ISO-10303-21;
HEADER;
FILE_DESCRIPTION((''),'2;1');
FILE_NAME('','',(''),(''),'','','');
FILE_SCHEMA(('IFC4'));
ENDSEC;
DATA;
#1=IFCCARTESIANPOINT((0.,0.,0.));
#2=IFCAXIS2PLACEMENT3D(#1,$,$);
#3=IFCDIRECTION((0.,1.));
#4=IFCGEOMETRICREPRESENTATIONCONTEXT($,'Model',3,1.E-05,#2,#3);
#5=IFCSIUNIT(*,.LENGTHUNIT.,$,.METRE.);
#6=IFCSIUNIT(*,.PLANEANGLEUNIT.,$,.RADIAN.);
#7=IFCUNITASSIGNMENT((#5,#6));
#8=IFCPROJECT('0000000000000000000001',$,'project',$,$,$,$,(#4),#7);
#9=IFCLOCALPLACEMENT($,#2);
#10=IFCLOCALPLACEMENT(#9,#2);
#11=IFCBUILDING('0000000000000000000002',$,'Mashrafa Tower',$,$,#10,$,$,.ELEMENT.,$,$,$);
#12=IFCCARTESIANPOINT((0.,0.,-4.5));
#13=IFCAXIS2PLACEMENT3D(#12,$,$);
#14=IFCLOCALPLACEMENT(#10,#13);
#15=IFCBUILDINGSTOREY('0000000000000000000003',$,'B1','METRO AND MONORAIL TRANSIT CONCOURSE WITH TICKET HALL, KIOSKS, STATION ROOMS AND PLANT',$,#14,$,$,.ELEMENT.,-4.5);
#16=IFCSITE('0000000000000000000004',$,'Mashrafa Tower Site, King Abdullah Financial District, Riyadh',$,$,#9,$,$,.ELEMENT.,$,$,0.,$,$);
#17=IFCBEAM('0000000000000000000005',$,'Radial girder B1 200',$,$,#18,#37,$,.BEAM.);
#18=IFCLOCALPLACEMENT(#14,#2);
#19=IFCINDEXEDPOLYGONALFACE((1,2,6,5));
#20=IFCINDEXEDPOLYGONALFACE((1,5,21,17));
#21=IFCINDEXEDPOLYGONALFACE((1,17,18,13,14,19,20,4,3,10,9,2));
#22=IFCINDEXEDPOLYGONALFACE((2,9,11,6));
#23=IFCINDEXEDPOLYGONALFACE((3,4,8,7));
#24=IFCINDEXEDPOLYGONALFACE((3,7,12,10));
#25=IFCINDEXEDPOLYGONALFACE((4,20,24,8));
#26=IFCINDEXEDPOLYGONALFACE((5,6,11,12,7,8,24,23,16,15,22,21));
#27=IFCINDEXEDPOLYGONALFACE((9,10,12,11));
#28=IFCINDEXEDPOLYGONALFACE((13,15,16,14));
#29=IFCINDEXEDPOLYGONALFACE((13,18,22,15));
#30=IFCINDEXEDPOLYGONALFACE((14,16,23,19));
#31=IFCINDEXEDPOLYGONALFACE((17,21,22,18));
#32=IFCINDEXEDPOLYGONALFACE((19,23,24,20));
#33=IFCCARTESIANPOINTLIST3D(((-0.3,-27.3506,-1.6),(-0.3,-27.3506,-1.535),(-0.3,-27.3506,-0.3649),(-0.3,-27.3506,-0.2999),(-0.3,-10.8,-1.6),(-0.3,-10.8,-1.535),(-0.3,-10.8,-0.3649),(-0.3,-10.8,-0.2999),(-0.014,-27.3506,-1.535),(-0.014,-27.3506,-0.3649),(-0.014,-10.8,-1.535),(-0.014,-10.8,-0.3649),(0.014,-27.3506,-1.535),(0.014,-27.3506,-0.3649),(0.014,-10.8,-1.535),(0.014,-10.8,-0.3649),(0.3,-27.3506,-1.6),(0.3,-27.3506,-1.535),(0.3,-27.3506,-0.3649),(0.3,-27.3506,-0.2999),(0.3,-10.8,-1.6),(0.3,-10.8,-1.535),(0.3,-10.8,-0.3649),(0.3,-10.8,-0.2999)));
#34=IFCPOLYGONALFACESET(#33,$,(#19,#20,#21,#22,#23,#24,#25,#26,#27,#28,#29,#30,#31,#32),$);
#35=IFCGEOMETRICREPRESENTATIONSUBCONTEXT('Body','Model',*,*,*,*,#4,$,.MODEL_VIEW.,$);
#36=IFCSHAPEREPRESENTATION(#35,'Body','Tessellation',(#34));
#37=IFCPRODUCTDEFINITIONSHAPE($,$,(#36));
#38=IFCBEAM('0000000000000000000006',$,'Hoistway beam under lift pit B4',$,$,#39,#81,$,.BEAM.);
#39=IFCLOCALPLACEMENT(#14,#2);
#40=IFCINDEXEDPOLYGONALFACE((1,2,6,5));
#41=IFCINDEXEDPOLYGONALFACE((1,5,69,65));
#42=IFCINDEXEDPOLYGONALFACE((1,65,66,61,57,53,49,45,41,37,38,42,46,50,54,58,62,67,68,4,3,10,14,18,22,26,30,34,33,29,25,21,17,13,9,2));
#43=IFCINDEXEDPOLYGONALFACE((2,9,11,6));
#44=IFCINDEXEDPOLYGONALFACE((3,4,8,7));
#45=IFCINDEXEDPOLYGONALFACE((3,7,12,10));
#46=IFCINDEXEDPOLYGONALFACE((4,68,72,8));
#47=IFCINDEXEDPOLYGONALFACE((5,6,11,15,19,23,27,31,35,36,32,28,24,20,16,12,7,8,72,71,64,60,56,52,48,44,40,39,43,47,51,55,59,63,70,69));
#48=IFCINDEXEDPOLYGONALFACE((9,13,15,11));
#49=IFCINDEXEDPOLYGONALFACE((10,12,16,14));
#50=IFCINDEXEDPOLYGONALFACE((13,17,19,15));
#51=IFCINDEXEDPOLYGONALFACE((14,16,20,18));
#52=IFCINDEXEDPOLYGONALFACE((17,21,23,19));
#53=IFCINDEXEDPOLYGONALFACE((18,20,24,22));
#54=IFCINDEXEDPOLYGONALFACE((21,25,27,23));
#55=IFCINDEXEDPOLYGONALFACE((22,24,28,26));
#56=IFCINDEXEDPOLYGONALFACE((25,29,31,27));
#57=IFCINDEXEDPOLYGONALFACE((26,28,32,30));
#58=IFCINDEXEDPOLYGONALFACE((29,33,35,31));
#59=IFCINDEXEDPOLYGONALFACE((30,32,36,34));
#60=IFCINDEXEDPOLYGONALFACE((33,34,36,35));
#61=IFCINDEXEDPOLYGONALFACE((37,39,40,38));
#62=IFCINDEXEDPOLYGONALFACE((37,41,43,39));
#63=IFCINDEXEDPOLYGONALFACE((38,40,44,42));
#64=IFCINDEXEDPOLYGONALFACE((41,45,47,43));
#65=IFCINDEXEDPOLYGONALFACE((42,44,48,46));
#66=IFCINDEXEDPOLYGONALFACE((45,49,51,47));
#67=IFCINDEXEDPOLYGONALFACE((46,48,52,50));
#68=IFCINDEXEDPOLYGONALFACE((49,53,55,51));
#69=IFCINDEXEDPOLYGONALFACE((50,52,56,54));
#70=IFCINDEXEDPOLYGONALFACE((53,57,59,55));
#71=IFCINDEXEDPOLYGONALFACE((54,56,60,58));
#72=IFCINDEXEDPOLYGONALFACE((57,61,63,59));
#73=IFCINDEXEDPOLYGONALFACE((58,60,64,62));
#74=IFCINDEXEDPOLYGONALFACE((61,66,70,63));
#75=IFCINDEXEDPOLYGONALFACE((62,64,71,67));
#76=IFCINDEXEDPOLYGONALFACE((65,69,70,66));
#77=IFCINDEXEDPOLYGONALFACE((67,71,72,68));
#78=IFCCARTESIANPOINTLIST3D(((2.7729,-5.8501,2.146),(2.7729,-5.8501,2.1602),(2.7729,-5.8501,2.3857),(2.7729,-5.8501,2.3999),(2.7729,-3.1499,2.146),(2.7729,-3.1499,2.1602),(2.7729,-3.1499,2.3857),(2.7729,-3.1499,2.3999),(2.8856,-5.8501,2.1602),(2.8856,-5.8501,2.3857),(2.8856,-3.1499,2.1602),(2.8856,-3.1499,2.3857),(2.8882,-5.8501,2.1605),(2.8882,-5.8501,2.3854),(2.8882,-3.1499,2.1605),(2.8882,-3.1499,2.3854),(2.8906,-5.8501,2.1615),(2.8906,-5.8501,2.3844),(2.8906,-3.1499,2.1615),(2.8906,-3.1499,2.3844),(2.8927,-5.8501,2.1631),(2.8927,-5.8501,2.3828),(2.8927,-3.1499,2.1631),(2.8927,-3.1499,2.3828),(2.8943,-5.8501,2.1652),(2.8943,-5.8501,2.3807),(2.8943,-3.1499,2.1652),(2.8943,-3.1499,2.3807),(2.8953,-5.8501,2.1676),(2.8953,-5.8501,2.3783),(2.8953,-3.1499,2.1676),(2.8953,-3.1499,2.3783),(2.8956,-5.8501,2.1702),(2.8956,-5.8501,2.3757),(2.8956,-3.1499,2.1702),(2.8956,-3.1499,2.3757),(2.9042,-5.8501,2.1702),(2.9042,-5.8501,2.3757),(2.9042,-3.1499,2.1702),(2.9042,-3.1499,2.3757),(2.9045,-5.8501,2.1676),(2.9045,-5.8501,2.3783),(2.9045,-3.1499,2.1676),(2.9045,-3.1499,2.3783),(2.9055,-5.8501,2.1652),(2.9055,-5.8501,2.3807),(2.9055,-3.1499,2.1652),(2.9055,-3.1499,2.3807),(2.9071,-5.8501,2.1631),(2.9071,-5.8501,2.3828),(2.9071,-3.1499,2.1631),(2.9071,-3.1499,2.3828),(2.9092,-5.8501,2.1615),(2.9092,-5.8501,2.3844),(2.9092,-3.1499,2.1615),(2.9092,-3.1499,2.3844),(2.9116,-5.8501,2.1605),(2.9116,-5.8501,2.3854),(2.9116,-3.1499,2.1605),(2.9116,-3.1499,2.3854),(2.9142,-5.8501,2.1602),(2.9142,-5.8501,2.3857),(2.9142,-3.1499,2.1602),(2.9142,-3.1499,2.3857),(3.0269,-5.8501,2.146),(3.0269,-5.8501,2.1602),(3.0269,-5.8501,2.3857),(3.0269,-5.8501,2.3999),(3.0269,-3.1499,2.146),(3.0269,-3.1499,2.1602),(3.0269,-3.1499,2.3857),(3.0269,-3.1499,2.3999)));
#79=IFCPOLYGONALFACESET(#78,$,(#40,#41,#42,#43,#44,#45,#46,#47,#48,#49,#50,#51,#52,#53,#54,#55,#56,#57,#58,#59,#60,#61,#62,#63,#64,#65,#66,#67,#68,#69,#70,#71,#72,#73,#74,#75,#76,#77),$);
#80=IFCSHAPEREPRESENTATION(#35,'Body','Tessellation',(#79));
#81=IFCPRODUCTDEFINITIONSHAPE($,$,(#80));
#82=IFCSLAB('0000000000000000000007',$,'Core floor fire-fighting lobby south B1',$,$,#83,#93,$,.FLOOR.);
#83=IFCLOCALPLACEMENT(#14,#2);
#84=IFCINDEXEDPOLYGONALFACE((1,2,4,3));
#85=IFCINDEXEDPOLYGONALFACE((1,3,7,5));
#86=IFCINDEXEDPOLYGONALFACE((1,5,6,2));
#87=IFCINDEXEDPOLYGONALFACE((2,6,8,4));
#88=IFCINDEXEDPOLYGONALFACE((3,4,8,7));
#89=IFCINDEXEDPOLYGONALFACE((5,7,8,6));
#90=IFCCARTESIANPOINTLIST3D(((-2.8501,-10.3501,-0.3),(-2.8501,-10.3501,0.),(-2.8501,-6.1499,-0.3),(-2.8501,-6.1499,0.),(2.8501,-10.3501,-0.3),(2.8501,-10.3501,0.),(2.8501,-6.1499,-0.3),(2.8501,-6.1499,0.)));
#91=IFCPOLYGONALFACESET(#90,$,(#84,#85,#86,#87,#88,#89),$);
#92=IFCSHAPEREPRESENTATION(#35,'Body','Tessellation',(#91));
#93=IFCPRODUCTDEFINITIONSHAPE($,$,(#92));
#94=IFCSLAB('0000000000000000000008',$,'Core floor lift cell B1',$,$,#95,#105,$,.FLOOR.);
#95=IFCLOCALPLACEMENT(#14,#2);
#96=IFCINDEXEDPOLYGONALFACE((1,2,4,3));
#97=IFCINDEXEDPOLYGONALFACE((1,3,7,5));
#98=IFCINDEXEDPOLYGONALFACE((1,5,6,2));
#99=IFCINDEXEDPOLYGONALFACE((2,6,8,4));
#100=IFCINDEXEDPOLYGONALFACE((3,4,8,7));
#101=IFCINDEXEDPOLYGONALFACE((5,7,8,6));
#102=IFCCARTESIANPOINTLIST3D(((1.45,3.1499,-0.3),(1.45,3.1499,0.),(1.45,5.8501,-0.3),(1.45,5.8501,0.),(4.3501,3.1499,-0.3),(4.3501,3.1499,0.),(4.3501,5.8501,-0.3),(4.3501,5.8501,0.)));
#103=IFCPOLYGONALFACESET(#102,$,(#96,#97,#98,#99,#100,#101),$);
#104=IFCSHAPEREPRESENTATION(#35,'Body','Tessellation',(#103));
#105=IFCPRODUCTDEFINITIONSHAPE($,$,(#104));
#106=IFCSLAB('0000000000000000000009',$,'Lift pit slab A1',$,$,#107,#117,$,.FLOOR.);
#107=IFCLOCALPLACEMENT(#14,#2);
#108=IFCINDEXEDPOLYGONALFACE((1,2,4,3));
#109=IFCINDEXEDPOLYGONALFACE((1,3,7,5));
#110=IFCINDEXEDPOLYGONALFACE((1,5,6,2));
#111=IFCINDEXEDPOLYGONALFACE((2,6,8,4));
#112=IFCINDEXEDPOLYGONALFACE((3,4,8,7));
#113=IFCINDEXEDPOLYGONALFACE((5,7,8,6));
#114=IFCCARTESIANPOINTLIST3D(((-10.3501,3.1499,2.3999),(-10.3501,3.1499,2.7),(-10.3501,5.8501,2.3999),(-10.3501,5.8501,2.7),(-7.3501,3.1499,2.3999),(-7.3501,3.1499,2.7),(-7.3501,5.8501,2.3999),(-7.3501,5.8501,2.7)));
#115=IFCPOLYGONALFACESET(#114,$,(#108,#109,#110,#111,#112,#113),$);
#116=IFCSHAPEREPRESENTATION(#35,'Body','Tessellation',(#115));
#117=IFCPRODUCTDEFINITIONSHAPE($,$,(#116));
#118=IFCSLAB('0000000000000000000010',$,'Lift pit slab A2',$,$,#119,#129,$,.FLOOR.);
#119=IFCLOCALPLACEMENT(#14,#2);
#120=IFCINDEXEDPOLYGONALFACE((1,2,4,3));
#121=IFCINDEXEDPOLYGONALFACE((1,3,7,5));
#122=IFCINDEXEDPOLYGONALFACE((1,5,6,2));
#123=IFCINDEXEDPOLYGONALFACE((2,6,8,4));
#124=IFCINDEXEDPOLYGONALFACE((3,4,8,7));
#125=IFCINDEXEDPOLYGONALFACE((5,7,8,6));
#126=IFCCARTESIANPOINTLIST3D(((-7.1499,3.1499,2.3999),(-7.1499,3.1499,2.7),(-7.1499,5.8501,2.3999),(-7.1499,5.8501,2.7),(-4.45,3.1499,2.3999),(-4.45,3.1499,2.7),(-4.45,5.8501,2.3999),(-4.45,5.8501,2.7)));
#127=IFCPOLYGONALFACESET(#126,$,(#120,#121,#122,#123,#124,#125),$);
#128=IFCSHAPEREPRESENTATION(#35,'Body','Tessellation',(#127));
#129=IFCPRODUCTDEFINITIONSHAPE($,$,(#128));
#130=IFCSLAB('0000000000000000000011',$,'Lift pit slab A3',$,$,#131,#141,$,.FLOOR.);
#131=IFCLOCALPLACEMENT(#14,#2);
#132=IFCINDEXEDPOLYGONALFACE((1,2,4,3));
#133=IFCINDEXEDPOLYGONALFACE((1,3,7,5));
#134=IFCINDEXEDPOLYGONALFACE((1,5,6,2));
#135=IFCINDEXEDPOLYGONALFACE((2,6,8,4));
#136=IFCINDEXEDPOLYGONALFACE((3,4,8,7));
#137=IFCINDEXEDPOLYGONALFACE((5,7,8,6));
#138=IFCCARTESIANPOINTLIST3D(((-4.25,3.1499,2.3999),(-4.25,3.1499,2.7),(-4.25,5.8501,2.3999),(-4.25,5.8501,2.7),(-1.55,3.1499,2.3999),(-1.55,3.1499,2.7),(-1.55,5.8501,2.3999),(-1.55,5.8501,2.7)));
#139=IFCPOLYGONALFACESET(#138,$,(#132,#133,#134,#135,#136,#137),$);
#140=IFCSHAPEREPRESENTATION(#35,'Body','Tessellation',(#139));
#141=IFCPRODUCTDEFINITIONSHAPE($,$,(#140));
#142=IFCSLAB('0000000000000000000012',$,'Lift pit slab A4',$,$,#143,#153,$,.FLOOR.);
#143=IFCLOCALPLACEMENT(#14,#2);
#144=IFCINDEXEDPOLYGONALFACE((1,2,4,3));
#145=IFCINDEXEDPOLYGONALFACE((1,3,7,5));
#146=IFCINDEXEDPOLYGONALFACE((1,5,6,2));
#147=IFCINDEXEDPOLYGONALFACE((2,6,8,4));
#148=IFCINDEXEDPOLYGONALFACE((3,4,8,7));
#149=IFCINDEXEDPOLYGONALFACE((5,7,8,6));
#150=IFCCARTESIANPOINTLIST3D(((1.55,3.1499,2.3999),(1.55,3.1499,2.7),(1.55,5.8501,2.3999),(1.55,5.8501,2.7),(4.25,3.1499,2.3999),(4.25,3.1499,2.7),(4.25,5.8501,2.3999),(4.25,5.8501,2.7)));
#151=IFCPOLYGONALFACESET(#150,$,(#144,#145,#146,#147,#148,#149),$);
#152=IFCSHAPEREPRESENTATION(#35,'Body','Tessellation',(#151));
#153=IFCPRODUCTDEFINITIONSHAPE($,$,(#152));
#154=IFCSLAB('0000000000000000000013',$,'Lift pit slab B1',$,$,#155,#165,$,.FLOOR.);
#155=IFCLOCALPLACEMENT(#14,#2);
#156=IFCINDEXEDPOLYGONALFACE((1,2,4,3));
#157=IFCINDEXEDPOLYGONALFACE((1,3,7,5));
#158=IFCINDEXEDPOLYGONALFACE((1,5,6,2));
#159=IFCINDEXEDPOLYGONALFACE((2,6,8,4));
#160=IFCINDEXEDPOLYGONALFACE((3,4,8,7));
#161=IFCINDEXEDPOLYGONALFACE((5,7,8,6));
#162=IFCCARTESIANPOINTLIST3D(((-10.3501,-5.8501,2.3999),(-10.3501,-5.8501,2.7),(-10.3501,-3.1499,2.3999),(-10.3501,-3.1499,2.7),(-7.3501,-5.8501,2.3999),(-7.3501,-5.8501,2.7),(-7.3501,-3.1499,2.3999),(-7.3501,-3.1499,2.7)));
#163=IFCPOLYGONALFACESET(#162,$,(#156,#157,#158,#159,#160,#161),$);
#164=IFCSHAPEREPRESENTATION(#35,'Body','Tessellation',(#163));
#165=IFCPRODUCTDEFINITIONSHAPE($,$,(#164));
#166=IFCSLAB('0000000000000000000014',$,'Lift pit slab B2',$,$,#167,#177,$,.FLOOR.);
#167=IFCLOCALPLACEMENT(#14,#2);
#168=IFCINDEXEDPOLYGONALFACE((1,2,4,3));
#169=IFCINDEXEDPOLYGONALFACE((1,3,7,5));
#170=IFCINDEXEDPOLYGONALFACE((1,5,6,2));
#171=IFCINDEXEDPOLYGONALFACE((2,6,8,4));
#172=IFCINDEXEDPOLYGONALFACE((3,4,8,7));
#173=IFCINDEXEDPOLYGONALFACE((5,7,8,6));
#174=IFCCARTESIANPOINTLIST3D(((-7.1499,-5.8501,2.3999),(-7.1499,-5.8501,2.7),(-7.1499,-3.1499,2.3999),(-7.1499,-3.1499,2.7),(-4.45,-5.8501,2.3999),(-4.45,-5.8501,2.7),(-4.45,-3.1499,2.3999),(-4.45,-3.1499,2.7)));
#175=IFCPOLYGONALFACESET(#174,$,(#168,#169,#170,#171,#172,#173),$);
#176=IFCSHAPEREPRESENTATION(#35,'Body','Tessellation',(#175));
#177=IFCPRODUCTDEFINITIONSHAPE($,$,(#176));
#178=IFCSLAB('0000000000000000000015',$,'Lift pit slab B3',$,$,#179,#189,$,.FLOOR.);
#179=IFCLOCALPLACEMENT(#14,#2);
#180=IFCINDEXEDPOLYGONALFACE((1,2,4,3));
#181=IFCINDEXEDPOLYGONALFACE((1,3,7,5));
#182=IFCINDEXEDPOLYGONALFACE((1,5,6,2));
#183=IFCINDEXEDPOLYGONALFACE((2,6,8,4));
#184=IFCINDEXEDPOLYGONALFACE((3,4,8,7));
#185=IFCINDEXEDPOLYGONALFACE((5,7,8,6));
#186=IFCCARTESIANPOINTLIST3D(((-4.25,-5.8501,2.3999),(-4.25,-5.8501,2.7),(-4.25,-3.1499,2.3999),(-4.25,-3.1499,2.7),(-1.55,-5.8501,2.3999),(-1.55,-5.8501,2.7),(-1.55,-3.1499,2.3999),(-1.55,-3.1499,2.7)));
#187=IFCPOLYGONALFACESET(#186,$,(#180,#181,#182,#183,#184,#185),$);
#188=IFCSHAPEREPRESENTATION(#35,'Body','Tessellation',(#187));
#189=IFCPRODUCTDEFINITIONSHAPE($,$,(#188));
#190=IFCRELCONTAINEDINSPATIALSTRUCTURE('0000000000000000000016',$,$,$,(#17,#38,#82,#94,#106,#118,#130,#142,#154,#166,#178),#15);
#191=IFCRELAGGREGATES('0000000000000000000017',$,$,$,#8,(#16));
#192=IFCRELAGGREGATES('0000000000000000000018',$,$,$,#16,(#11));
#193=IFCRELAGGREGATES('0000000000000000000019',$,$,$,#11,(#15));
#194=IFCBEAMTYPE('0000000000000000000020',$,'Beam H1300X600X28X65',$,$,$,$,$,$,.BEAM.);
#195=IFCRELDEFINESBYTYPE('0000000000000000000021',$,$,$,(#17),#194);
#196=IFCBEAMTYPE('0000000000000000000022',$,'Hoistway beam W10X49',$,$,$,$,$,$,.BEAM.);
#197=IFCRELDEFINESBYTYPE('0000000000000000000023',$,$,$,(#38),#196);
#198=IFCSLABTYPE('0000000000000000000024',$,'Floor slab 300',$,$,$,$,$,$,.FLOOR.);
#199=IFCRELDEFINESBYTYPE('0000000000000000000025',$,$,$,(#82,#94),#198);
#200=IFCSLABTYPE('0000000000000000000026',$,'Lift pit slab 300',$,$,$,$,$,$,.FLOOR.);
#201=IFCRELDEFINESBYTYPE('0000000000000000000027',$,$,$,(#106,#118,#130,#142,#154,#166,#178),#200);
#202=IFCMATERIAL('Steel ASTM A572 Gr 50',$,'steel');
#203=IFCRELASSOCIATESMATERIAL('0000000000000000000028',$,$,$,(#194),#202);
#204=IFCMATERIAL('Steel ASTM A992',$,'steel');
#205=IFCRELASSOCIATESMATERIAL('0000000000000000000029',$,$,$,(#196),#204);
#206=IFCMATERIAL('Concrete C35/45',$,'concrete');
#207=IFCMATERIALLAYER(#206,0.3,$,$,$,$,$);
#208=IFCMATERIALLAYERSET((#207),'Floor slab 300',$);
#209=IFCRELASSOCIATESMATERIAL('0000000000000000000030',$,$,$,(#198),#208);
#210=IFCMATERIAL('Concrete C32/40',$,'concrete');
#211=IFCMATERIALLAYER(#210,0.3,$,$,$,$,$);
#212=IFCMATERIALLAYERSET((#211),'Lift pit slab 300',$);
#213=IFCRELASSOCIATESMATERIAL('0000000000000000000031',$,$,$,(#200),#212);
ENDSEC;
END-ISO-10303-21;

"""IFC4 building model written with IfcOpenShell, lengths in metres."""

from ifc_helpers import new_model, si_unit, direction, frame, origin, origin_2d, place, context, subcontext, project, spatial, polyline, i_section, outline, extrude, material, layer, layer_set, material_profile, profile_set, type_object, element, save


model = new_model("IFC4")

# Units and contexts
model_context = context("Model", 3, precision=1e-05, world=origin(), true_north=direction((0.0, 1.0)))
body_context = subcontext(model_context, "Body", "Model", "MODEL_VIEW")
ifc_project = project(units=[si_unit("LENGTHUNIT", "METRE"), si_unit("PLANEANGLEUNIT", "RADIAN")], contexts=[model_context])

# Site, building, storey
site_placement = place(None, origin())
site = spatial("IfcSite", under=ifc_project, at=site_placement, Name="Mashrafa Tower Site, King Abdullah Financial District, Riyadh", CompositionType="ELEMENT", RefElevation=0.0)
building_placement = place(site_placement, origin())
building = spatial("IfcBuilding", under=site, at=building_placement, Name="Mashrafa Tower", CompositionType="ELEMENT")
storey_placement = place(building_placement, frame((0.0, 0.0, -4.5)))
storey = spatial("IfcBuildingStorey", under=building, at=storey_placement, Name="B1", Description="METRO AND MONORAIL TRANSIT CONCOURSE WITH TICKET HALL, KIOSKS, STATION ROOMS AND PLANT", CompositionType="ELEMENT", Elevation=-4.5)

# Beams
ifc_material_1 = material(Name="Steel ASTM A572 Gr 50", Category="steel")
ifc_material_profile_1 = material_profile(ifc_material_1, i_section(OverallWidth=0.6001, OverallDepth=1.3, WebThickness=0.0281, FlangeThickness=0.0649, at=origin_2d()), Name="H1300X600X28X65")
ifc_profile_set_1 = profile_set([ifc_material_profile_1], Name="Steel ASTM A572 Gr 50")
beam_type_1 = type_object("IfcBeamType", Name="Beam H1300X600X28X65", PredefinedType="BEAM", material=ifc_profile_set_1)
beam_1_placement = place(storey_placement, frame((0.0, -10.8, -0.95), z_axis=(0.0, -1.0, 0.0), x_axis=(1.0, 0.0, 0.0)))
element("IfcBeam", 1, at=beam_1_placement, inside=storey, type_object=beam_type_1, Name="Radial girder B1 200", PredefinedType="BEAM", context=body_context, shape_type="SweptSolid", body=[
    extrude(i_section(OverallWidth=0.6001, OverallDepth=1.3, WebThickness=0.0281, FlangeThickness=0.0649, at=origin_2d()), origin(), (0.0, 0.0, 1.0), 16.5505),
])
ifc_material_2 = material(Name="Steel ASTM A992", Category="steel")
ifc_material_profile_2 = material_profile(ifc_material_2, i_section(OverallWidth=0.2539, OverallDepth=0.2539, WebThickness=0.0085, FlangeThickness=0.0142, FilletRadius=0.01, at=origin_2d()), Name="W10X49")
ifc_profile_set_2 = profile_set([ifc_material_profile_2], Name="Steel ASTM A992")
beam_type_2 = type_object("IfcBeamType", Name="Hoistway beam W10X49", PredefinedType="BEAM", material=ifc_profile_set_2)
beam_2_placement = place(storey_placement, frame((2.8999, -5.8501, 2.2729), z_axis=(0.0, 1.0, 0.0), x_axis=(-1.0, 0.0, 0.0)))
element("IfcBeam", 2, at=beam_2_placement, inside=storey, type_object=beam_type_2, Name="Hoistway beam under lift pit B4", PredefinedType="BEAM", context=body_context, shape_type="SweptSolid", body=[
    extrude(i_section(OverallWidth=0.2539, OverallDepth=0.2539, WebThickness=0.0085, FlangeThickness=0.0142, FilletRadius=0.01, at=origin_2d()), origin(), (0.0, 0.0, 1.0), 2.7002),
])

# Slabs
ifc_material_3 = material(Name="Concrete C35/45", Category="concrete")
ifc_layer_1 = layer(ifc_material_3, 0.3)
ifc_layer_set_1 = layer_set([ifc_layer_1], Name="Floor slab 300")
slab_type_1 = type_object("IfcSlabType", Name="Floor slab 300", PredefinedType="FLOOR", material=ifc_layer_set_1)
slab_1_placement = place(storey_placement, frame((0.0, 0.0, -0.3)))
element("IfcSlab", 3, at=slab_1_placement, inside=storey, type_object=slab_type_1, Name="Core floor fire-fighting lobby south B1", PredefinedType="FLOOR", context=body_context, shape_type="SweptSolid", body=[
    extrude(outline(polyline([(2.8501, -6.1499), (2.8501, -10.3501), (-2.8501, -10.3501), (-2.8501, -6.1499), (2.8501, -6.1499)])), origin(), (0.0, 0.0, 1.0), 0.3),
])
slab_2_placement = place(storey_placement, frame((0.0, 0.0, -0.3)))
element("IfcSlab", 4, at=slab_2_placement, inside=storey, type_object=slab_type_1, Name="Core floor lift cell B1", PredefinedType="FLOOR", context=body_context, shape_type="SweptSolid", body=[
    extrude(outline(polyline([(4.3501, 5.8501), (4.3501, 3.1499), (1.45, 3.1499), (1.45, 5.8501), (4.3501, 5.8501)])), origin(), (0.0, 0.0, 1.0), 0.3),
])
ifc_material_4 = material(Name="Concrete C32/40", Category="concrete")
ifc_layer_2 = layer(ifc_material_4, 0.3)
ifc_layer_set_2 = layer_set([ifc_layer_2], Name="Lift pit slab 300")
slab_type_2 = type_object("IfcSlabType", Name="Lift pit slab 300", PredefinedType="FLOOR", material=ifc_layer_set_2)
slab_3_placement = place(storey_placement, frame((0.0, 0.0, 2.3999)))
element("IfcSlab", 5, at=slab_3_placement, inside=storey, type_object=slab_type_2, Name="Lift pit slab A1", PredefinedType="FLOOR", context=body_context, shape_type="SweptSolid", body=[
    extrude(outline(polyline([(-10.3501, 3.1499), (-7.3501, 3.1499), (-7.3501, 5.8501), (-10.3501, 5.8501), (-10.3501, 3.1499)])), origin(), (0.0, 0.0, 1.0), 0.3),
])
slab_4_placement = place(storey_placement, frame((0.0, 0.0, 2.3999)))
element("IfcSlab", 6, at=slab_4_placement, inside=storey, type_object=slab_type_2, Name="Lift pit slab A2", PredefinedType="FLOOR", context=body_context, shape_type="SweptSolid", body=[
    extrude(outline(polyline([(-7.1499, 3.1499), (-4.45, 3.1499), (-4.45, 5.8501), (-7.1499, 5.8501), (-7.1499, 3.1499)])), origin(), (0.0, 0.0, 1.0), 0.3),
])
slab_5_placement = place(storey_placement, frame((0.0, 0.0, 2.3999)))
element("IfcSlab", 7, at=slab_5_placement, inside=storey, type_object=slab_type_2, Name="Lift pit slab A3", PredefinedType="FLOOR", context=body_context, shape_type="SweptSolid", body=[
    extrude(outline(polyline([(-4.25, 3.1499), (-1.55, 3.1499), (-1.55, 5.8501), (-4.25, 5.8501), (-4.25, 3.1499)])), origin(), (0.0, 0.0, 1.0), 0.3),
])
slab_6_placement = place(storey_placement, frame((0.0, 0.0, 2.3999)))
element("IfcSlab", 8, at=slab_6_placement, inside=storey, type_object=slab_type_2, Name="Lift pit slab A4", PredefinedType="FLOOR", context=body_context, shape_type="SweptSolid", body=[
    extrude(outline(polyline([(1.55, 3.1499), (4.25, 3.1499), (4.25, 5.8501), (1.55, 5.8501), (1.55, 3.1499)])), origin(), (0.0, 0.0, 1.0), 0.3),
])
slab_7_placement = place(storey_placement, frame((0.0, 0.0, 2.3999)))
element("IfcSlab", 9, at=slab_7_placement, inside=storey, type_object=slab_type_2, Name="Lift pit slab B1", PredefinedType="FLOOR", context=body_context, shape_type="SweptSolid", body=[
    extrude(outline(polyline([(-10.3501, -5.8501), (-7.3501, -5.8501), (-7.3501, -3.1499), (-10.3501, -3.1499), (-10.3501, -5.8501)])), origin(), (0.0, 0.0, 1.0), 0.3),
])
slab_8_placement = place(storey_placement, frame((0.0, 0.0, 2.3999)))
element("IfcSlab", 10, at=slab_8_placement, inside=storey, type_object=slab_type_2, Name="Lift pit slab B2", PredefinedType="FLOOR", context=body_context, shape_type="SweptSolid", body=[
    extrude(outline(polyline([(-7.1499, -5.8501), (-4.45, -5.8501), (-4.45, -3.1499), (-7.1499, -3.1499), (-7.1499, -5.8501)])), origin(), (0.0, 0.0, 1.0), 0.3),
])
slab_9_placement = place(storey_placement, frame((0.0, 0.0, 2.3999)))
element("IfcSlab", 11, at=slab_9_placement, inside=storey, type_object=slab_type_2, Name="Lift pit slab B3", PredefinedType="FLOOR", context=body_context, shape_type="SweptSolid", body=[
    extrude(outline(polyline([(-4.25, -5.8501), (-1.55, -5.8501), (-1.55, -3.1499), (-4.25, -3.1499), (-4.25, -5.8501)])), origin(), (0.0, 0.0, 1.0), 0.3),
])

save(model, "model.ifc")
